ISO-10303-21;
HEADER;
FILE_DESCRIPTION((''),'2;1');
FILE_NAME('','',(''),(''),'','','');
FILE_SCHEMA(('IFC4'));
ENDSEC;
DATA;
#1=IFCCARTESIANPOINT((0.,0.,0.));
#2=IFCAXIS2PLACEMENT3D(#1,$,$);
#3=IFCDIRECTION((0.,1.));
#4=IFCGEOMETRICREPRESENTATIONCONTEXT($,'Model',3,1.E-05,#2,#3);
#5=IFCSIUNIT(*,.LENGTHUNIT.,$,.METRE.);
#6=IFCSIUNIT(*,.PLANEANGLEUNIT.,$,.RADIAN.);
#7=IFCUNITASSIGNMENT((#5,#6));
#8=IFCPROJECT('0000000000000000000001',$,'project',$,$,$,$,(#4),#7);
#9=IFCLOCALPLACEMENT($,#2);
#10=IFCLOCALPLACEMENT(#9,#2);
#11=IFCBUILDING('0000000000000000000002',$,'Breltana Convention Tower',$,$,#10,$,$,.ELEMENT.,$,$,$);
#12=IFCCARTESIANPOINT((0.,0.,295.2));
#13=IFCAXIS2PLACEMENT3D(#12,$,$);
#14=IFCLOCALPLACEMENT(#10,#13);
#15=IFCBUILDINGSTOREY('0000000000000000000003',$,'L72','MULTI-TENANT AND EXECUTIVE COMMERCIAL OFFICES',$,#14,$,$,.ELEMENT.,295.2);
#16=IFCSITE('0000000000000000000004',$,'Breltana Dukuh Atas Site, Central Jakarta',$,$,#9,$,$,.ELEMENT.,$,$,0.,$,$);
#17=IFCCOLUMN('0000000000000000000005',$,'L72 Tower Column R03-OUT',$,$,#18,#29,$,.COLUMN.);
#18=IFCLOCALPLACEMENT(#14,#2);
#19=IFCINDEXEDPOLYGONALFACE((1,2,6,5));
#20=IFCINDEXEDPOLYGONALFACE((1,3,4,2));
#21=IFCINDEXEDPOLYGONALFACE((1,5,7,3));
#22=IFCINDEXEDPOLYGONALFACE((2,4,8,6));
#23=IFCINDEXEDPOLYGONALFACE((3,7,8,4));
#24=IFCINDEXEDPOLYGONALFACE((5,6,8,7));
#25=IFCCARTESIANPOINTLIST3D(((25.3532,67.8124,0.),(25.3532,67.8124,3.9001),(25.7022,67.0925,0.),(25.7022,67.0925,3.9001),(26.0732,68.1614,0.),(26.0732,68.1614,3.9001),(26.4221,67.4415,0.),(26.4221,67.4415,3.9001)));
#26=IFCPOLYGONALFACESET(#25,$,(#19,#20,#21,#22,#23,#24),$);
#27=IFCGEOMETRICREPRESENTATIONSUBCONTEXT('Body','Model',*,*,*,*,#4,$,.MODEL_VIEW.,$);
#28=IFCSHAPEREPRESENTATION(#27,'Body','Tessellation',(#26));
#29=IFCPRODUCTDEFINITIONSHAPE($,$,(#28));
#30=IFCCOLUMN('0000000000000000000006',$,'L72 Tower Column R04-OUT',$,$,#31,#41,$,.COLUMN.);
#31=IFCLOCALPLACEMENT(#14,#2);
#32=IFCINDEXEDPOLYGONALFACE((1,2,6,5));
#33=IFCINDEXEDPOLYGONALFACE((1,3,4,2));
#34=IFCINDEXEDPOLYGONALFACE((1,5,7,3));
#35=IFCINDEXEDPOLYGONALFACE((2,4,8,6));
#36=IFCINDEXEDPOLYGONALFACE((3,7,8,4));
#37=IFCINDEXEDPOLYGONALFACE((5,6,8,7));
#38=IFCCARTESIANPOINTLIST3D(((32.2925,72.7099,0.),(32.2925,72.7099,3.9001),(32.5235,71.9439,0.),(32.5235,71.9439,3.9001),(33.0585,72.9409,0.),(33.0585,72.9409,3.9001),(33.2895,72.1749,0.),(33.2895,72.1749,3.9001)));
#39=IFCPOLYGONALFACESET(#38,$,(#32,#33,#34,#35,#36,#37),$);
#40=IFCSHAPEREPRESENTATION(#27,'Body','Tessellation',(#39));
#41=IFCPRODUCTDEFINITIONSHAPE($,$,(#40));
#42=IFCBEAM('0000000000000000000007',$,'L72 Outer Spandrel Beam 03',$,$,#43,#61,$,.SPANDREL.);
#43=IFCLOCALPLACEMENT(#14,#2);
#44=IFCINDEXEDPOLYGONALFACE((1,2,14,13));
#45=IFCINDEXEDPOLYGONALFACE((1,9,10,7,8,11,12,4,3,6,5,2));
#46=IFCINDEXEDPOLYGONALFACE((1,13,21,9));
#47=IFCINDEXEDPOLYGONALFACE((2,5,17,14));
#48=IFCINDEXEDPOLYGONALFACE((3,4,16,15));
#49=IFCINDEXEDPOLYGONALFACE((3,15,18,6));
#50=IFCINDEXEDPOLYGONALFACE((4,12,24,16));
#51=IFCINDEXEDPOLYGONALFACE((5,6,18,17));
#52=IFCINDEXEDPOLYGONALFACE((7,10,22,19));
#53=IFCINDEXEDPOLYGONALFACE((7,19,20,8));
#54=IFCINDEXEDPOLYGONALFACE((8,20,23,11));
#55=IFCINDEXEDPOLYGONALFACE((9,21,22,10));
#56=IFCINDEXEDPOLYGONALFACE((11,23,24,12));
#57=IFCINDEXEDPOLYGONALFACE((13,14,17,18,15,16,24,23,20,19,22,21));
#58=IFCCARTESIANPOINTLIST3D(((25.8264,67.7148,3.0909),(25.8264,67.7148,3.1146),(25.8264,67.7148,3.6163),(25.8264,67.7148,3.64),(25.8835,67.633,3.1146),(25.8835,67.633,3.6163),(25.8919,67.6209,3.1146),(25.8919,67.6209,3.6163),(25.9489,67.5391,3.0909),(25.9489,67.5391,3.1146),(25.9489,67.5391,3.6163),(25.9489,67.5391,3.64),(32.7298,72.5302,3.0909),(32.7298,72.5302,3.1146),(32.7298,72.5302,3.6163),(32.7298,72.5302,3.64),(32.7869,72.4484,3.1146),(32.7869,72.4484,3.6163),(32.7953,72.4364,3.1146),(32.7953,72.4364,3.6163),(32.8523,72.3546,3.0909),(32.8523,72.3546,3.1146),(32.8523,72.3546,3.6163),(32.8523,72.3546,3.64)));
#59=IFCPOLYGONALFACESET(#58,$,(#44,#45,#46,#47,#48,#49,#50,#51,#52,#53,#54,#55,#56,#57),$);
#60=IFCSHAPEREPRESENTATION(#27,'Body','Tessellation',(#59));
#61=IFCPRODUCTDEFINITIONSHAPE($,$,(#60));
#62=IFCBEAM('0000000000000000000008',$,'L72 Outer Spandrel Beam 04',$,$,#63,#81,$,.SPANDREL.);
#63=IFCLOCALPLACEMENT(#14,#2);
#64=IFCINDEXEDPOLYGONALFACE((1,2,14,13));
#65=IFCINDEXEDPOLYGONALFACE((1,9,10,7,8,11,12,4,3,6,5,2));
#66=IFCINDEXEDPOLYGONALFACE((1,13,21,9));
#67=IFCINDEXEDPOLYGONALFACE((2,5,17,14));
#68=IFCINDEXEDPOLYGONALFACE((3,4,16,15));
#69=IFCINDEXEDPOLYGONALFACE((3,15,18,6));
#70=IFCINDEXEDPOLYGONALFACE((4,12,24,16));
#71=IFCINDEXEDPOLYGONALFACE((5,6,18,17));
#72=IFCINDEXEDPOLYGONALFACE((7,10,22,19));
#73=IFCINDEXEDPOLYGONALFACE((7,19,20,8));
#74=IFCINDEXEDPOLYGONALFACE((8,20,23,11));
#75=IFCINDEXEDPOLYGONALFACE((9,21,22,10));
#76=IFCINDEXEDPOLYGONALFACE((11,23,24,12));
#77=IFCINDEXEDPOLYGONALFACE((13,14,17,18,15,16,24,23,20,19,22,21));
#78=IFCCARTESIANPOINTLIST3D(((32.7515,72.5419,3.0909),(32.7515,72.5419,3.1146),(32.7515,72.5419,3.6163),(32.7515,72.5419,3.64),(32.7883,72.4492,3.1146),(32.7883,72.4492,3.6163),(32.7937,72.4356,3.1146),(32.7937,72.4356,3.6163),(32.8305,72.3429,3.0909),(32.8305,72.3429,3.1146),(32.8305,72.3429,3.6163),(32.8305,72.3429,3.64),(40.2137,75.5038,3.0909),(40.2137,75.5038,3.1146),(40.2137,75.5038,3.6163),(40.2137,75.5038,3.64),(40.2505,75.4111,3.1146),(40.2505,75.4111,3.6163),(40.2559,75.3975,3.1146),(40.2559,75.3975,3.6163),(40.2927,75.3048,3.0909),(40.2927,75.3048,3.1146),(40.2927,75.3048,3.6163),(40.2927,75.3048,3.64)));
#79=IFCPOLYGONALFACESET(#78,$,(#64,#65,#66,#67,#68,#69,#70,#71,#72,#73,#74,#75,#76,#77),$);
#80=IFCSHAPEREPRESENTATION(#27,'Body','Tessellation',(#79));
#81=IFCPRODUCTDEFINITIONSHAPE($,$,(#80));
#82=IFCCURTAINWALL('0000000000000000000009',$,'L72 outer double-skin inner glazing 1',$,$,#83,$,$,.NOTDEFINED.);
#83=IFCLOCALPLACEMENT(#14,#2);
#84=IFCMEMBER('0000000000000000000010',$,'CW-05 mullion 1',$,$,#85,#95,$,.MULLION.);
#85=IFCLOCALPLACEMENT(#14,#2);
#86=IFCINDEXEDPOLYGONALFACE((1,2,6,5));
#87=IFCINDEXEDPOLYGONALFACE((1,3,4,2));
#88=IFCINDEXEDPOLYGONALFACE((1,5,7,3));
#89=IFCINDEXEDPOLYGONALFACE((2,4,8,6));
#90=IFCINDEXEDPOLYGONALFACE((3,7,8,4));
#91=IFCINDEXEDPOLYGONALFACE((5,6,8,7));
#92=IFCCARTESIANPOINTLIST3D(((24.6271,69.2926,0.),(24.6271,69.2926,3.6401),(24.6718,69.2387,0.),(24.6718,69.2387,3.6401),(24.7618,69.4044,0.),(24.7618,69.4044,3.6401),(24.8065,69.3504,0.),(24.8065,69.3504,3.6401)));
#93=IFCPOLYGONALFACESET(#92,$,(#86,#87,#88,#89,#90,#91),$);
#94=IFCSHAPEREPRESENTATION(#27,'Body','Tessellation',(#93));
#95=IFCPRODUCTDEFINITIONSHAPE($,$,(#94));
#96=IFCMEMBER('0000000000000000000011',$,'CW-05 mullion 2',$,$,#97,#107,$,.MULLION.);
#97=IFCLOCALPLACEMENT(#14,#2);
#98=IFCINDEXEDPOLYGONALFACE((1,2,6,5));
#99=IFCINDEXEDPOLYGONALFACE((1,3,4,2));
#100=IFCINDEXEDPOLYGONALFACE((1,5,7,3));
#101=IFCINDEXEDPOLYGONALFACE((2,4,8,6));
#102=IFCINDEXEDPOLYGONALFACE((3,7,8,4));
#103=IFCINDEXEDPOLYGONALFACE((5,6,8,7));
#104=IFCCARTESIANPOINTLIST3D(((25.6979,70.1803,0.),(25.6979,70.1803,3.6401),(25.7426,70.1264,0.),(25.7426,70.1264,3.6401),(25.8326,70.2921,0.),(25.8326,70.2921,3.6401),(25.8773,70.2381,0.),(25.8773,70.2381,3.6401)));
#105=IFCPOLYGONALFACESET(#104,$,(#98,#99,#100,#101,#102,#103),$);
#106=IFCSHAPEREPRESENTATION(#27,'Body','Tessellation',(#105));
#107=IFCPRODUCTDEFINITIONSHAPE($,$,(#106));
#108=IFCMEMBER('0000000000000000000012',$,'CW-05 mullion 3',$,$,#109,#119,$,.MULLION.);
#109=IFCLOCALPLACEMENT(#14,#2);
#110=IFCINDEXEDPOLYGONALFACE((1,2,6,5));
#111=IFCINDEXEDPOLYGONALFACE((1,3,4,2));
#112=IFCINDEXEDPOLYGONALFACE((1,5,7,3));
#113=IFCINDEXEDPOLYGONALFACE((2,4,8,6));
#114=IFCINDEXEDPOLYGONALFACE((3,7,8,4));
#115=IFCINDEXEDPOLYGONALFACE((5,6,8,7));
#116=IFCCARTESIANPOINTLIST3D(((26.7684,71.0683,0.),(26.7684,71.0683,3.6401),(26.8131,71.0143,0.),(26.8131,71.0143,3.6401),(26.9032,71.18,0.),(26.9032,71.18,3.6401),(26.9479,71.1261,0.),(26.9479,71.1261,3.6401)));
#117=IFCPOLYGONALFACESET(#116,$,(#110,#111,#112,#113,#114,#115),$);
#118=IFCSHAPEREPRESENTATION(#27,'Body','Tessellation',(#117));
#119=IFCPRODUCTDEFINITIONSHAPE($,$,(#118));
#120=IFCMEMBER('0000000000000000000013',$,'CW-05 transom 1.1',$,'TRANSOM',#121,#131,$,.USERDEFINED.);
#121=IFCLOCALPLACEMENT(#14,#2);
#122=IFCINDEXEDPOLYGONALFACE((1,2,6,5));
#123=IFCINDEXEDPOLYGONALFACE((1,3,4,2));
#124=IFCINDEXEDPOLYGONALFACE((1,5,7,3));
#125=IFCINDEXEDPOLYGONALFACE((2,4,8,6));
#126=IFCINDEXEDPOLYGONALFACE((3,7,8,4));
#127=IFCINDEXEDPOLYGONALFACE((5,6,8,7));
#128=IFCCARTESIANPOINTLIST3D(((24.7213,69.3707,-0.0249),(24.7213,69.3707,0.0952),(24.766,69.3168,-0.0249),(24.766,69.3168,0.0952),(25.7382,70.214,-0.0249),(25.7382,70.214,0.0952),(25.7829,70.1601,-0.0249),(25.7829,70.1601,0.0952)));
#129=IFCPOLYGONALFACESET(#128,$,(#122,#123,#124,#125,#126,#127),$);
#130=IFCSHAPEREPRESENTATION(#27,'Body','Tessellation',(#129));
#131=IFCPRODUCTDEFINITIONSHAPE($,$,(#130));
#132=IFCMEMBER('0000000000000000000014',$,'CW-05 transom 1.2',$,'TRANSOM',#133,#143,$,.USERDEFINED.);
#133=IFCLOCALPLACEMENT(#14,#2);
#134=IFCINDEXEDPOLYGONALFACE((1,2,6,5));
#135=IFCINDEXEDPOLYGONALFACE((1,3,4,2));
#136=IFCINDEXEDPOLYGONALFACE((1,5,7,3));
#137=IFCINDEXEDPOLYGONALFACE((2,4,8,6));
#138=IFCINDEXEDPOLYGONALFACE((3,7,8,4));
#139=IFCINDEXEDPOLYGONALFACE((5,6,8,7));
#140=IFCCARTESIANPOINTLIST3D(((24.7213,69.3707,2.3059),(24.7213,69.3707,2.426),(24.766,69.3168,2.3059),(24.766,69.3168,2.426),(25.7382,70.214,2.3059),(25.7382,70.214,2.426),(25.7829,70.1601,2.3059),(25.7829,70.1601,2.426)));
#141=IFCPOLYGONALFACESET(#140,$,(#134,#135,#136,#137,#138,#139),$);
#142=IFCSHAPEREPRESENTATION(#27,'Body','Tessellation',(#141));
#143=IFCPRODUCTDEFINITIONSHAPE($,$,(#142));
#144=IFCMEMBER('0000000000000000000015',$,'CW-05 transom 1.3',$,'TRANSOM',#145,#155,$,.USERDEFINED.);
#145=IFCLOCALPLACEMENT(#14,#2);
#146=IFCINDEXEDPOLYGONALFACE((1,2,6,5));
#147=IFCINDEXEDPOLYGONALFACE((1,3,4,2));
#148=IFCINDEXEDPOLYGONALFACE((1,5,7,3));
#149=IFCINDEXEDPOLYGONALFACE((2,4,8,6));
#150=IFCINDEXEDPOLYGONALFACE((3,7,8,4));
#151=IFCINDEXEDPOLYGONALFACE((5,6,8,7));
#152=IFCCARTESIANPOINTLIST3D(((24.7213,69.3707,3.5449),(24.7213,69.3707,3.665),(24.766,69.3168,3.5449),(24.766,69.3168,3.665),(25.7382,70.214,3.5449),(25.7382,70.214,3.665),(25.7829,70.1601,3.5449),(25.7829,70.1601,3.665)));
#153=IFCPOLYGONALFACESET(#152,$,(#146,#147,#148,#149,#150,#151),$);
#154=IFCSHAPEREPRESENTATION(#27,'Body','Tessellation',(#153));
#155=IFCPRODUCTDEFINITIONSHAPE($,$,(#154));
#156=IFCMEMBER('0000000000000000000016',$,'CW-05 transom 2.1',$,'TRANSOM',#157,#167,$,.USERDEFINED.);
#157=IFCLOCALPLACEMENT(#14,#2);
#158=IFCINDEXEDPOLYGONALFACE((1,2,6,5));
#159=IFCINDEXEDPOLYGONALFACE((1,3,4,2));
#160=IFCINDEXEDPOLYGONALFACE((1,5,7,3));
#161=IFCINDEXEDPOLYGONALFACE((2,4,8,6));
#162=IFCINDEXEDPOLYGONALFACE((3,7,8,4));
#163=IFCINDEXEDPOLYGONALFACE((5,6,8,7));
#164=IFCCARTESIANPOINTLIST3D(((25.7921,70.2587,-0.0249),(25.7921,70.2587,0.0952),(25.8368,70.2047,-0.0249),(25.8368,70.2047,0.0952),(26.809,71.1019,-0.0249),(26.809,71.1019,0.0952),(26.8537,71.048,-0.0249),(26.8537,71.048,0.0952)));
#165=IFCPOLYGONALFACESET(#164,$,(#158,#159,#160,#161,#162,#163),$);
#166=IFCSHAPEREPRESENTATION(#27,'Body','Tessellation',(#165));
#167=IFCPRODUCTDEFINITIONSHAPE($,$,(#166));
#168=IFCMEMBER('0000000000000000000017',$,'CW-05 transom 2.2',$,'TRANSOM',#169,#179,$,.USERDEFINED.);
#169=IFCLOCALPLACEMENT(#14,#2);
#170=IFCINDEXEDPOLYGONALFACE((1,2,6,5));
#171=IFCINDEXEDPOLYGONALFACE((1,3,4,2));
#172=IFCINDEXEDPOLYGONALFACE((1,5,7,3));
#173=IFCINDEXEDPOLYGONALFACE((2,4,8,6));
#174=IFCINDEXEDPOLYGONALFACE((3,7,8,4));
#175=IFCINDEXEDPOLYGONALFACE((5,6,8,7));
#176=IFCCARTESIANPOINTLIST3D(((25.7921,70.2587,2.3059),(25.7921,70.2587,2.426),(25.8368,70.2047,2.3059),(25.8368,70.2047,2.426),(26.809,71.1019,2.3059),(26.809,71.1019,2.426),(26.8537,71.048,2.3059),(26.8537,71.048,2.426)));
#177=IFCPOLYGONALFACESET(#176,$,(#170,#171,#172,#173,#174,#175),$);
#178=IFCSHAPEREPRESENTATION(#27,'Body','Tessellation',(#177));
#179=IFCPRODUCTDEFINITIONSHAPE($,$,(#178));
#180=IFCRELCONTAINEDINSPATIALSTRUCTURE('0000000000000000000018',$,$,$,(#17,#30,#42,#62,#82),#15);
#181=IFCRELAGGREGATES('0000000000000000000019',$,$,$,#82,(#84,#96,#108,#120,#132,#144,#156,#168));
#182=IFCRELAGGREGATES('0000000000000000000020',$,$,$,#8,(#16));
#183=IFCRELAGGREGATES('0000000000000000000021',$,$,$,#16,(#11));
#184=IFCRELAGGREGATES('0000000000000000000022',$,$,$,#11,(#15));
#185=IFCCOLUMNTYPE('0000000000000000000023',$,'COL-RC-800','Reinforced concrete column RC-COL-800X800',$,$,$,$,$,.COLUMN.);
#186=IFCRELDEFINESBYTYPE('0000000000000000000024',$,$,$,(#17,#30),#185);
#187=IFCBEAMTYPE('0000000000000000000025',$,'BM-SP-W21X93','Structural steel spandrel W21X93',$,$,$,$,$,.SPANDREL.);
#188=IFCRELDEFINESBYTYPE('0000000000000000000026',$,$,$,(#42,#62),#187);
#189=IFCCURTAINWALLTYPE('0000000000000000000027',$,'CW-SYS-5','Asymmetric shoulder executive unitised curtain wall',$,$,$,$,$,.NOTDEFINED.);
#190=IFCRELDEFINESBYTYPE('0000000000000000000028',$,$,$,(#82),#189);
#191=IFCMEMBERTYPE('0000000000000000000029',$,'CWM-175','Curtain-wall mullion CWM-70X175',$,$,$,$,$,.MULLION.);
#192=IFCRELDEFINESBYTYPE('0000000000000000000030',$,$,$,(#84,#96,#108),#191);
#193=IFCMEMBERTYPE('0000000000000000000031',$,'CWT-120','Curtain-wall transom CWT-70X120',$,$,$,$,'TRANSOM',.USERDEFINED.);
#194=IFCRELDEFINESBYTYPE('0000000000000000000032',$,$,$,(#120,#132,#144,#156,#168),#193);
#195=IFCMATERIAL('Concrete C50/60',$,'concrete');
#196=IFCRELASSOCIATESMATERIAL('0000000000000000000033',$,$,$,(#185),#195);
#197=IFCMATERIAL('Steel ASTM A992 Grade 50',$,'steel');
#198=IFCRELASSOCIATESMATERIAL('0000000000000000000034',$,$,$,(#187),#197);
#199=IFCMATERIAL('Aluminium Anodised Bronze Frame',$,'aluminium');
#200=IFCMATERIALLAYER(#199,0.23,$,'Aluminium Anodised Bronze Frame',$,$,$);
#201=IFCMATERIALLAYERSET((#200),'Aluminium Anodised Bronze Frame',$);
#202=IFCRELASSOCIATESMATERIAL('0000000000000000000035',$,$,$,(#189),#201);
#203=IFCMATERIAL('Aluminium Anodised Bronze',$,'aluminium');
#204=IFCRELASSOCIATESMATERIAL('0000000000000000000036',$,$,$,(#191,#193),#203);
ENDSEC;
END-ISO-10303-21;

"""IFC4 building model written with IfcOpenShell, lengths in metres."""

from ifc_helpers import new_model, si_unit, direction, frame, origin, origin_2d, place, context, subcontext, project, spatial, rectangle, i_section, extrude, source, transform, mapped, material, layer, layer_set, material_profile, profile_set, type_object, element, aggregate, save


model = new_model("IFC4")

# Units and contexts
model_context = context("Model", 3, precision=1e-05, world=origin(), true_north=direction((0.0, 1.0)))
body_context = subcontext(model_context, "Body", "Model", "MODEL_VIEW")
ifc_project = project(units=[si_unit("LENGTHUNIT", "METRE"), si_unit("PLANEANGLEUNIT", "RADIAN")], contexts=[model_context])

# Site, building, storey
site_placement = place(None, origin())
site = spatial("IfcSite", under=ifc_project, at=site_placement, Name="Breltana Dukuh Atas Site, Central Jakarta", CompositionType="ELEMENT", RefElevation=0.0)
building_placement = place(site_placement, origin())
building = spatial("IfcBuilding", under=site, at=building_placement, Name="Breltana Convention Tower", CompositionType="ELEMENT")
storey_placement = place(building_placement, frame((0.0, 0.0, 295.2)))
storey = spatial("IfcBuildingStorey", under=building, at=storey_placement, Name="L72", Description="MULTI-TENANT AND EXECUTIVE COMMERCIAL OFFICES", CompositionType="ELEMENT", Elevation=295.2)

# Columns
ifc_material_1 = material(Name="Concrete C50/60", Category="concrete")
ifc_material_profile_1 = material_profile(ifc_material_1, rectangle(XDim=0.8, YDim=0.8, at=origin_2d()), Name="RC-COL-800X800")
ifc_profile_set_1 = profile_set([ifc_material_profile_1], Name="Concrete C50/60")
column_type = type_object("IfcColumnType", Name="COL-RC-800", Description="Reinforced concrete column RC-COL-800X800", PredefinedType="COLUMN", material=ifc_profile_set_1)
shared_shape_1 = source(origin(), body_context, "Body", "SweptSolid", [
    extrude(rectangle(XDim=0.8, YDim=0.8, at=origin_2d()), origin(), (0.0, 0.0, 1.0), 3.9001),
])
for number, where, z_axis, x_axis, name in (
    (1, (25.8877, 67.627, 0.0), (0.0, 0.0, 1.0), (-0.436174, 0.899863, 0.0), "L72 Tower Column R03-OUT"),
    (2, (32.791, 72.4424, 0.0), (0.0, 0.0, 1.0), (-0.288698, 0.95742, 0.0), "L72 Tower Column R04-OUT"),
):
    element("IfcColumn", number, at=place(storey_placement, frame(where, z_axis=z_axis, x_axis=x_axis)), inside=storey, type_object=column_type, Name=name, PredefinedType="COLUMN", context=body_context, shape_type="MappedRepresentation", body=[
        mapped(shared_shape_1, transform((0.0, 0.0, 0.0), scale=1.0)),
    ])

# Beams
ifc_material_2 = material(Name="Steel ASTM A992 Grade 50", Category="steel")
ifc_material_profile_2 = material_profile(ifc_material_2, i_section(OverallWidth=0.2141, OverallDepth=0.5491, WebThickness=0.0146, FlangeThickness=0.0237, at=origin_2d()), Name="W21X93")
ifc_profile_set_2 = profile_set([ifc_material_profile_2], Name="Steel ASTM A992 Grade 50")
beam_type = type_object("IfcBeamType", Name="BM-SP-W21X93", Description="Structural steel spandrel W21X93", PredefinedType="SPANDREL", material=ifc_profile_set_2)
shared_shape_2 = source(origin(), body_context, "Body", "SweptSolid", [
    extrude(i_section(OverallWidth=0.2141, OverallDepth=0.5491, WebThickness=0.0146, FlangeThickness=0.0237, at=origin_2d()), origin(), (0.0, 0.0, 1.0), 8.417),
])
beam_1_placement = place(storey_placement, frame((25.8877, 67.627, 3.3655), z_axis=(0.820174, 0.572114, 0.0), x_axis=(-0.572114, 0.820174, 0.0)))
element("IfcBeam", 3, at=beam_1_placement, inside=storey, type_object=beam_type, Name="L72 Outer Spandrel Beam 03", PredefinedType="SPANDREL", context=body_context, shape_type="MappedRepresentation", body=[
    mapped(shared_shape_2, transform((0.0, 0.0, 0.0), scale=1.0)),
])
shared_shape_3 = source(origin(), body_context, "Body", "SweptSolid", [
    extrude(i_section(OverallWidth=0.2141, OverallDepth=0.5491, WebThickness=0.0146, FlangeThickness=0.0237, at=origin_2d()), origin(), (0.0, 0.0, 1.0), 8.0286),
])
beam_2_placement = place(storey_placement, frame((32.791, 72.4424, 3.3655), z_axis=(0.929459, 0.368925, 0.0), x_axis=(-0.368925, 0.929459, 0.0)))
element("IfcBeam", 4, at=beam_2_placement, inside=storey, type_object=beam_type, Name="L72 Outer Spandrel Beam 04", PredefinedType="SPANDREL", context=body_context, shape_type="MappedRepresentation", body=[
    mapped(shared_shape_3, transform((0.0, 0.0, 0.0), scale=1.0)),
])

# Curtain wall, members
ifc_material_3 = material(Name="Aluminium Anodised Bronze Frame", Category="aluminium")
ifc_layer_1 = layer(ifc_material_3, 0.23, Name="Aluminium Anodised Bronze Frame")
ifc_layer_set_1 = layer_set([ifc_layer_1], Name="Aluminium Anodised Bronze Frame")
curtain_wall_type = type_object("IfcCurtainWallType", Name="CW-SYS-5", Description="Asymmetric shoulder executive unitised curtain wall", PredefinedType="NOTDEFINED", material=ifc_layer_set_1)
curtain_wall_placement = place(storey_placement, origin())
curtain_wall = element("IfcCurtainWall", 5, at=curtain_wall_placement, inside=storey, type_object=curtain_wall_type, Name="L72 outer double-skin inner glazing 1", PredefinedType="NOTDEFINED")
ifc_material_4 = material(Name="Aluminium Anodised Bronze", Category="aluminium")
ifc_material_profile_3 = material_profile(ifc_material_4, rectangle(XDim=0.0701, YDim=0.175, at=origin_2d()), Name="CWM-70X175")
ifc_profile_set_3 = profile_set([ifc_material_profile_3], Name="Aluminium Anodised Bronze")
member_type_1 = type_object("IfcMemberType", Name="CWM-175", Description="Curtain-wall mullion CWM-70X175", PredefinedType="MULLION", material=ifc_profile_set_3)
shared_shape_4 = source(origin(), body_context, "Body", "SweptSolid", [
    extrude(rectangle(XDim=0.0701, YDim=0.175, at=origin_2d()), origin(), (0.0, 0.0, 1.0), 3.6401),
])
member_1_placement = place(storey_placement, frame((24.7168, 69.3215, 0.0), z_axis=(0.0, 0.0, 1.0), x_axis=(-0.63832, 0.769771, 0.0)))
member_1 = element("IfcMember", 6, at=member_1_placement, type_object=member_type_1, Name="CW-05 mullion 1", PredefinedType="MULLION", context=body_context, shape_type="MappedRepresentation", body=[
    mapped(shared_shape_4, transform((0.0, 0.0, 0.0), scale=1.0)),
])
member_2_placement = place(storey_placement, frame((25.7876, 70.2092, 0.0), z_axis=(0.0, 0.0, 1.0), x_axis=(-0.63832, 0.769771, 0.0)))
member_2 = element("IfcMember", 7, at=member_2_placement, type_object=member_type_1, Name="CW-05 mullion 2", PredefinedType="MULLION", context=body_context, shape_type="MappedRepresentation", body=[
    mapped(shared_shape_4, transform((0.0, 0.0, 0.0), scale=1.0)),
])
member_3_placement = place(storey_placement, frame((26.8582, 71.0972, 0.0), z_axis=(0.0, 0.0, 1.0), x_axis=(-0.63832, 0.769771, 0.0)))
member_3 = element("IfcMember", 8, at=member_3_placement, type_object=member_type_1, Name="CW-05 mullion 3", PredefinedType="MULLION", context=body_context, shape_type="MappedRepresentation", body=[
    mapped(shared_shape_4, transform((0.0, 0.0, 0.0), scale=1.0)),
])
ifc_material_profile_4 = material_profile(ifc_material_4, rectangle(XDim=0.0701, YDim=0.1201, at=origin_2d()), Name="CWT-70X120")
ifc_profile_set_4 = profile_set([ifc_material_profile_4], Name="Aluminium Anodised Bronze")
member_type_2 = type_object("IfcMemberType", Name="CWT-120", Description="Curtain-wall transom CWT-70X120", ElementType="TRANSOM", PredefinedType="USERDEFINED", material=ifc_profile_set_4)
shared_shape_5 = source(origin(), body_context, "Body", "SweptSolid", [
    extrude(rectangle(XDim=0.0701, YDim=0.1201, at=origin_2d()), origin(), (0.0, 0.0, 1.0), 1.321),
])
member_4_placement = place(storey_placement, frame((24.7437, 69.3438, 0.0352), z_axis=(0.769749, 0.638347, 0.0), x_axis=(-0.638347, 0.769749, 0.0)))
member_4 = element("IfcMember", 9, at=member_4_placement, type_object=member_type_2, Name="CW-05 transom 1.1", ObjectType="TRANSOM", PredefinedType="USERDEFINED", context=body_context, shape_type="MappedRepresentation", body=[
    mapped(shared_shape_5, transform((0.0, 0.0, 0.0), scale=1.0)),
])
member_5_placement = place(storey_placement, frame((24.7437, 69.3438, 2.366), z_axis=(0.769749, 0.638347, 0.0), x_axis=(-0.638347, 0.769749, 0.0)))
member_5 = element("IfcMember", 10, at=member_5_placement, type_object=member_type_2, Name="CW-05 transom 1.2", ObjectType="TRANSOM", PredefinedType="USERDEFINED", context=body_context, shape_type="MappedRepresentation", body=[
    mapped(shared_shape_5, transform((0.0, 0.0, 0.0), scale=1.0)),
])
member_6_placement = place(storey_placement, frame((24.7437, 69.3438, 3.605), z_axis=(0.769749, 0.638347, 0.0), x_axis=(-0.638347, 0.769749, 0.0)))
member_6 = element("IfcMember", 11, at=member_6_placement, type_object=member_type_2, Name="CW-05 transom 1.3", ObjectType="TRANSOM", PredefinedType="USERDEFINED", context=body_context, shape_type="MappedRepresentation", body=[
    mapped(shared_shape_5, transform((0.0, 0.0, 0.0), scale=1.0)),
])
member_7_placement = place(storey_placement, frame((25.8145, 70.2317, 0.0352), z_axis=(0.769749, 0.638347, 0.0), x_axis=(-0.638347, 0.769749, 0.0)))
member_7 = element("IfcMember", 12, at=member_7_placement, type_object=member_type_2, Name="CW-05 transom 2.1", ObjectType="TRANSOM", PredefinedType="USERDEFINED", context=body_context, shape_type="MappedRepresentation", body=[
    mapped(shared_shape_5, transform((0.0, 0.0, 0.0), scale=1.0)),
])
member_8_placement = place(storey_placement, frame((25.8145, 70.2317, 2.366), z_axis=(0.769749, 0.638347, 0.0), x_axis=(-0.638347, 0.769749, 0.0)))
member_8 = element("IfcMember", 13, at=member_8_placement, type_object=member_type_2, Name="CW-05 transom 2.2", ObjectType="TRANSOM", PredefinedType="USERDEFINED", context=body_context, shape_type="MappedRepresentation", body=[
    mapped(shared_shape_5, transform((0.0, 0.0, 0.0), scale=1.0)),
])
aggregate(curtain_wall, [member_1, member_2, member_3, member_4, member_5, member_6, member_7, member_8])

save(model, "model.ifc")
